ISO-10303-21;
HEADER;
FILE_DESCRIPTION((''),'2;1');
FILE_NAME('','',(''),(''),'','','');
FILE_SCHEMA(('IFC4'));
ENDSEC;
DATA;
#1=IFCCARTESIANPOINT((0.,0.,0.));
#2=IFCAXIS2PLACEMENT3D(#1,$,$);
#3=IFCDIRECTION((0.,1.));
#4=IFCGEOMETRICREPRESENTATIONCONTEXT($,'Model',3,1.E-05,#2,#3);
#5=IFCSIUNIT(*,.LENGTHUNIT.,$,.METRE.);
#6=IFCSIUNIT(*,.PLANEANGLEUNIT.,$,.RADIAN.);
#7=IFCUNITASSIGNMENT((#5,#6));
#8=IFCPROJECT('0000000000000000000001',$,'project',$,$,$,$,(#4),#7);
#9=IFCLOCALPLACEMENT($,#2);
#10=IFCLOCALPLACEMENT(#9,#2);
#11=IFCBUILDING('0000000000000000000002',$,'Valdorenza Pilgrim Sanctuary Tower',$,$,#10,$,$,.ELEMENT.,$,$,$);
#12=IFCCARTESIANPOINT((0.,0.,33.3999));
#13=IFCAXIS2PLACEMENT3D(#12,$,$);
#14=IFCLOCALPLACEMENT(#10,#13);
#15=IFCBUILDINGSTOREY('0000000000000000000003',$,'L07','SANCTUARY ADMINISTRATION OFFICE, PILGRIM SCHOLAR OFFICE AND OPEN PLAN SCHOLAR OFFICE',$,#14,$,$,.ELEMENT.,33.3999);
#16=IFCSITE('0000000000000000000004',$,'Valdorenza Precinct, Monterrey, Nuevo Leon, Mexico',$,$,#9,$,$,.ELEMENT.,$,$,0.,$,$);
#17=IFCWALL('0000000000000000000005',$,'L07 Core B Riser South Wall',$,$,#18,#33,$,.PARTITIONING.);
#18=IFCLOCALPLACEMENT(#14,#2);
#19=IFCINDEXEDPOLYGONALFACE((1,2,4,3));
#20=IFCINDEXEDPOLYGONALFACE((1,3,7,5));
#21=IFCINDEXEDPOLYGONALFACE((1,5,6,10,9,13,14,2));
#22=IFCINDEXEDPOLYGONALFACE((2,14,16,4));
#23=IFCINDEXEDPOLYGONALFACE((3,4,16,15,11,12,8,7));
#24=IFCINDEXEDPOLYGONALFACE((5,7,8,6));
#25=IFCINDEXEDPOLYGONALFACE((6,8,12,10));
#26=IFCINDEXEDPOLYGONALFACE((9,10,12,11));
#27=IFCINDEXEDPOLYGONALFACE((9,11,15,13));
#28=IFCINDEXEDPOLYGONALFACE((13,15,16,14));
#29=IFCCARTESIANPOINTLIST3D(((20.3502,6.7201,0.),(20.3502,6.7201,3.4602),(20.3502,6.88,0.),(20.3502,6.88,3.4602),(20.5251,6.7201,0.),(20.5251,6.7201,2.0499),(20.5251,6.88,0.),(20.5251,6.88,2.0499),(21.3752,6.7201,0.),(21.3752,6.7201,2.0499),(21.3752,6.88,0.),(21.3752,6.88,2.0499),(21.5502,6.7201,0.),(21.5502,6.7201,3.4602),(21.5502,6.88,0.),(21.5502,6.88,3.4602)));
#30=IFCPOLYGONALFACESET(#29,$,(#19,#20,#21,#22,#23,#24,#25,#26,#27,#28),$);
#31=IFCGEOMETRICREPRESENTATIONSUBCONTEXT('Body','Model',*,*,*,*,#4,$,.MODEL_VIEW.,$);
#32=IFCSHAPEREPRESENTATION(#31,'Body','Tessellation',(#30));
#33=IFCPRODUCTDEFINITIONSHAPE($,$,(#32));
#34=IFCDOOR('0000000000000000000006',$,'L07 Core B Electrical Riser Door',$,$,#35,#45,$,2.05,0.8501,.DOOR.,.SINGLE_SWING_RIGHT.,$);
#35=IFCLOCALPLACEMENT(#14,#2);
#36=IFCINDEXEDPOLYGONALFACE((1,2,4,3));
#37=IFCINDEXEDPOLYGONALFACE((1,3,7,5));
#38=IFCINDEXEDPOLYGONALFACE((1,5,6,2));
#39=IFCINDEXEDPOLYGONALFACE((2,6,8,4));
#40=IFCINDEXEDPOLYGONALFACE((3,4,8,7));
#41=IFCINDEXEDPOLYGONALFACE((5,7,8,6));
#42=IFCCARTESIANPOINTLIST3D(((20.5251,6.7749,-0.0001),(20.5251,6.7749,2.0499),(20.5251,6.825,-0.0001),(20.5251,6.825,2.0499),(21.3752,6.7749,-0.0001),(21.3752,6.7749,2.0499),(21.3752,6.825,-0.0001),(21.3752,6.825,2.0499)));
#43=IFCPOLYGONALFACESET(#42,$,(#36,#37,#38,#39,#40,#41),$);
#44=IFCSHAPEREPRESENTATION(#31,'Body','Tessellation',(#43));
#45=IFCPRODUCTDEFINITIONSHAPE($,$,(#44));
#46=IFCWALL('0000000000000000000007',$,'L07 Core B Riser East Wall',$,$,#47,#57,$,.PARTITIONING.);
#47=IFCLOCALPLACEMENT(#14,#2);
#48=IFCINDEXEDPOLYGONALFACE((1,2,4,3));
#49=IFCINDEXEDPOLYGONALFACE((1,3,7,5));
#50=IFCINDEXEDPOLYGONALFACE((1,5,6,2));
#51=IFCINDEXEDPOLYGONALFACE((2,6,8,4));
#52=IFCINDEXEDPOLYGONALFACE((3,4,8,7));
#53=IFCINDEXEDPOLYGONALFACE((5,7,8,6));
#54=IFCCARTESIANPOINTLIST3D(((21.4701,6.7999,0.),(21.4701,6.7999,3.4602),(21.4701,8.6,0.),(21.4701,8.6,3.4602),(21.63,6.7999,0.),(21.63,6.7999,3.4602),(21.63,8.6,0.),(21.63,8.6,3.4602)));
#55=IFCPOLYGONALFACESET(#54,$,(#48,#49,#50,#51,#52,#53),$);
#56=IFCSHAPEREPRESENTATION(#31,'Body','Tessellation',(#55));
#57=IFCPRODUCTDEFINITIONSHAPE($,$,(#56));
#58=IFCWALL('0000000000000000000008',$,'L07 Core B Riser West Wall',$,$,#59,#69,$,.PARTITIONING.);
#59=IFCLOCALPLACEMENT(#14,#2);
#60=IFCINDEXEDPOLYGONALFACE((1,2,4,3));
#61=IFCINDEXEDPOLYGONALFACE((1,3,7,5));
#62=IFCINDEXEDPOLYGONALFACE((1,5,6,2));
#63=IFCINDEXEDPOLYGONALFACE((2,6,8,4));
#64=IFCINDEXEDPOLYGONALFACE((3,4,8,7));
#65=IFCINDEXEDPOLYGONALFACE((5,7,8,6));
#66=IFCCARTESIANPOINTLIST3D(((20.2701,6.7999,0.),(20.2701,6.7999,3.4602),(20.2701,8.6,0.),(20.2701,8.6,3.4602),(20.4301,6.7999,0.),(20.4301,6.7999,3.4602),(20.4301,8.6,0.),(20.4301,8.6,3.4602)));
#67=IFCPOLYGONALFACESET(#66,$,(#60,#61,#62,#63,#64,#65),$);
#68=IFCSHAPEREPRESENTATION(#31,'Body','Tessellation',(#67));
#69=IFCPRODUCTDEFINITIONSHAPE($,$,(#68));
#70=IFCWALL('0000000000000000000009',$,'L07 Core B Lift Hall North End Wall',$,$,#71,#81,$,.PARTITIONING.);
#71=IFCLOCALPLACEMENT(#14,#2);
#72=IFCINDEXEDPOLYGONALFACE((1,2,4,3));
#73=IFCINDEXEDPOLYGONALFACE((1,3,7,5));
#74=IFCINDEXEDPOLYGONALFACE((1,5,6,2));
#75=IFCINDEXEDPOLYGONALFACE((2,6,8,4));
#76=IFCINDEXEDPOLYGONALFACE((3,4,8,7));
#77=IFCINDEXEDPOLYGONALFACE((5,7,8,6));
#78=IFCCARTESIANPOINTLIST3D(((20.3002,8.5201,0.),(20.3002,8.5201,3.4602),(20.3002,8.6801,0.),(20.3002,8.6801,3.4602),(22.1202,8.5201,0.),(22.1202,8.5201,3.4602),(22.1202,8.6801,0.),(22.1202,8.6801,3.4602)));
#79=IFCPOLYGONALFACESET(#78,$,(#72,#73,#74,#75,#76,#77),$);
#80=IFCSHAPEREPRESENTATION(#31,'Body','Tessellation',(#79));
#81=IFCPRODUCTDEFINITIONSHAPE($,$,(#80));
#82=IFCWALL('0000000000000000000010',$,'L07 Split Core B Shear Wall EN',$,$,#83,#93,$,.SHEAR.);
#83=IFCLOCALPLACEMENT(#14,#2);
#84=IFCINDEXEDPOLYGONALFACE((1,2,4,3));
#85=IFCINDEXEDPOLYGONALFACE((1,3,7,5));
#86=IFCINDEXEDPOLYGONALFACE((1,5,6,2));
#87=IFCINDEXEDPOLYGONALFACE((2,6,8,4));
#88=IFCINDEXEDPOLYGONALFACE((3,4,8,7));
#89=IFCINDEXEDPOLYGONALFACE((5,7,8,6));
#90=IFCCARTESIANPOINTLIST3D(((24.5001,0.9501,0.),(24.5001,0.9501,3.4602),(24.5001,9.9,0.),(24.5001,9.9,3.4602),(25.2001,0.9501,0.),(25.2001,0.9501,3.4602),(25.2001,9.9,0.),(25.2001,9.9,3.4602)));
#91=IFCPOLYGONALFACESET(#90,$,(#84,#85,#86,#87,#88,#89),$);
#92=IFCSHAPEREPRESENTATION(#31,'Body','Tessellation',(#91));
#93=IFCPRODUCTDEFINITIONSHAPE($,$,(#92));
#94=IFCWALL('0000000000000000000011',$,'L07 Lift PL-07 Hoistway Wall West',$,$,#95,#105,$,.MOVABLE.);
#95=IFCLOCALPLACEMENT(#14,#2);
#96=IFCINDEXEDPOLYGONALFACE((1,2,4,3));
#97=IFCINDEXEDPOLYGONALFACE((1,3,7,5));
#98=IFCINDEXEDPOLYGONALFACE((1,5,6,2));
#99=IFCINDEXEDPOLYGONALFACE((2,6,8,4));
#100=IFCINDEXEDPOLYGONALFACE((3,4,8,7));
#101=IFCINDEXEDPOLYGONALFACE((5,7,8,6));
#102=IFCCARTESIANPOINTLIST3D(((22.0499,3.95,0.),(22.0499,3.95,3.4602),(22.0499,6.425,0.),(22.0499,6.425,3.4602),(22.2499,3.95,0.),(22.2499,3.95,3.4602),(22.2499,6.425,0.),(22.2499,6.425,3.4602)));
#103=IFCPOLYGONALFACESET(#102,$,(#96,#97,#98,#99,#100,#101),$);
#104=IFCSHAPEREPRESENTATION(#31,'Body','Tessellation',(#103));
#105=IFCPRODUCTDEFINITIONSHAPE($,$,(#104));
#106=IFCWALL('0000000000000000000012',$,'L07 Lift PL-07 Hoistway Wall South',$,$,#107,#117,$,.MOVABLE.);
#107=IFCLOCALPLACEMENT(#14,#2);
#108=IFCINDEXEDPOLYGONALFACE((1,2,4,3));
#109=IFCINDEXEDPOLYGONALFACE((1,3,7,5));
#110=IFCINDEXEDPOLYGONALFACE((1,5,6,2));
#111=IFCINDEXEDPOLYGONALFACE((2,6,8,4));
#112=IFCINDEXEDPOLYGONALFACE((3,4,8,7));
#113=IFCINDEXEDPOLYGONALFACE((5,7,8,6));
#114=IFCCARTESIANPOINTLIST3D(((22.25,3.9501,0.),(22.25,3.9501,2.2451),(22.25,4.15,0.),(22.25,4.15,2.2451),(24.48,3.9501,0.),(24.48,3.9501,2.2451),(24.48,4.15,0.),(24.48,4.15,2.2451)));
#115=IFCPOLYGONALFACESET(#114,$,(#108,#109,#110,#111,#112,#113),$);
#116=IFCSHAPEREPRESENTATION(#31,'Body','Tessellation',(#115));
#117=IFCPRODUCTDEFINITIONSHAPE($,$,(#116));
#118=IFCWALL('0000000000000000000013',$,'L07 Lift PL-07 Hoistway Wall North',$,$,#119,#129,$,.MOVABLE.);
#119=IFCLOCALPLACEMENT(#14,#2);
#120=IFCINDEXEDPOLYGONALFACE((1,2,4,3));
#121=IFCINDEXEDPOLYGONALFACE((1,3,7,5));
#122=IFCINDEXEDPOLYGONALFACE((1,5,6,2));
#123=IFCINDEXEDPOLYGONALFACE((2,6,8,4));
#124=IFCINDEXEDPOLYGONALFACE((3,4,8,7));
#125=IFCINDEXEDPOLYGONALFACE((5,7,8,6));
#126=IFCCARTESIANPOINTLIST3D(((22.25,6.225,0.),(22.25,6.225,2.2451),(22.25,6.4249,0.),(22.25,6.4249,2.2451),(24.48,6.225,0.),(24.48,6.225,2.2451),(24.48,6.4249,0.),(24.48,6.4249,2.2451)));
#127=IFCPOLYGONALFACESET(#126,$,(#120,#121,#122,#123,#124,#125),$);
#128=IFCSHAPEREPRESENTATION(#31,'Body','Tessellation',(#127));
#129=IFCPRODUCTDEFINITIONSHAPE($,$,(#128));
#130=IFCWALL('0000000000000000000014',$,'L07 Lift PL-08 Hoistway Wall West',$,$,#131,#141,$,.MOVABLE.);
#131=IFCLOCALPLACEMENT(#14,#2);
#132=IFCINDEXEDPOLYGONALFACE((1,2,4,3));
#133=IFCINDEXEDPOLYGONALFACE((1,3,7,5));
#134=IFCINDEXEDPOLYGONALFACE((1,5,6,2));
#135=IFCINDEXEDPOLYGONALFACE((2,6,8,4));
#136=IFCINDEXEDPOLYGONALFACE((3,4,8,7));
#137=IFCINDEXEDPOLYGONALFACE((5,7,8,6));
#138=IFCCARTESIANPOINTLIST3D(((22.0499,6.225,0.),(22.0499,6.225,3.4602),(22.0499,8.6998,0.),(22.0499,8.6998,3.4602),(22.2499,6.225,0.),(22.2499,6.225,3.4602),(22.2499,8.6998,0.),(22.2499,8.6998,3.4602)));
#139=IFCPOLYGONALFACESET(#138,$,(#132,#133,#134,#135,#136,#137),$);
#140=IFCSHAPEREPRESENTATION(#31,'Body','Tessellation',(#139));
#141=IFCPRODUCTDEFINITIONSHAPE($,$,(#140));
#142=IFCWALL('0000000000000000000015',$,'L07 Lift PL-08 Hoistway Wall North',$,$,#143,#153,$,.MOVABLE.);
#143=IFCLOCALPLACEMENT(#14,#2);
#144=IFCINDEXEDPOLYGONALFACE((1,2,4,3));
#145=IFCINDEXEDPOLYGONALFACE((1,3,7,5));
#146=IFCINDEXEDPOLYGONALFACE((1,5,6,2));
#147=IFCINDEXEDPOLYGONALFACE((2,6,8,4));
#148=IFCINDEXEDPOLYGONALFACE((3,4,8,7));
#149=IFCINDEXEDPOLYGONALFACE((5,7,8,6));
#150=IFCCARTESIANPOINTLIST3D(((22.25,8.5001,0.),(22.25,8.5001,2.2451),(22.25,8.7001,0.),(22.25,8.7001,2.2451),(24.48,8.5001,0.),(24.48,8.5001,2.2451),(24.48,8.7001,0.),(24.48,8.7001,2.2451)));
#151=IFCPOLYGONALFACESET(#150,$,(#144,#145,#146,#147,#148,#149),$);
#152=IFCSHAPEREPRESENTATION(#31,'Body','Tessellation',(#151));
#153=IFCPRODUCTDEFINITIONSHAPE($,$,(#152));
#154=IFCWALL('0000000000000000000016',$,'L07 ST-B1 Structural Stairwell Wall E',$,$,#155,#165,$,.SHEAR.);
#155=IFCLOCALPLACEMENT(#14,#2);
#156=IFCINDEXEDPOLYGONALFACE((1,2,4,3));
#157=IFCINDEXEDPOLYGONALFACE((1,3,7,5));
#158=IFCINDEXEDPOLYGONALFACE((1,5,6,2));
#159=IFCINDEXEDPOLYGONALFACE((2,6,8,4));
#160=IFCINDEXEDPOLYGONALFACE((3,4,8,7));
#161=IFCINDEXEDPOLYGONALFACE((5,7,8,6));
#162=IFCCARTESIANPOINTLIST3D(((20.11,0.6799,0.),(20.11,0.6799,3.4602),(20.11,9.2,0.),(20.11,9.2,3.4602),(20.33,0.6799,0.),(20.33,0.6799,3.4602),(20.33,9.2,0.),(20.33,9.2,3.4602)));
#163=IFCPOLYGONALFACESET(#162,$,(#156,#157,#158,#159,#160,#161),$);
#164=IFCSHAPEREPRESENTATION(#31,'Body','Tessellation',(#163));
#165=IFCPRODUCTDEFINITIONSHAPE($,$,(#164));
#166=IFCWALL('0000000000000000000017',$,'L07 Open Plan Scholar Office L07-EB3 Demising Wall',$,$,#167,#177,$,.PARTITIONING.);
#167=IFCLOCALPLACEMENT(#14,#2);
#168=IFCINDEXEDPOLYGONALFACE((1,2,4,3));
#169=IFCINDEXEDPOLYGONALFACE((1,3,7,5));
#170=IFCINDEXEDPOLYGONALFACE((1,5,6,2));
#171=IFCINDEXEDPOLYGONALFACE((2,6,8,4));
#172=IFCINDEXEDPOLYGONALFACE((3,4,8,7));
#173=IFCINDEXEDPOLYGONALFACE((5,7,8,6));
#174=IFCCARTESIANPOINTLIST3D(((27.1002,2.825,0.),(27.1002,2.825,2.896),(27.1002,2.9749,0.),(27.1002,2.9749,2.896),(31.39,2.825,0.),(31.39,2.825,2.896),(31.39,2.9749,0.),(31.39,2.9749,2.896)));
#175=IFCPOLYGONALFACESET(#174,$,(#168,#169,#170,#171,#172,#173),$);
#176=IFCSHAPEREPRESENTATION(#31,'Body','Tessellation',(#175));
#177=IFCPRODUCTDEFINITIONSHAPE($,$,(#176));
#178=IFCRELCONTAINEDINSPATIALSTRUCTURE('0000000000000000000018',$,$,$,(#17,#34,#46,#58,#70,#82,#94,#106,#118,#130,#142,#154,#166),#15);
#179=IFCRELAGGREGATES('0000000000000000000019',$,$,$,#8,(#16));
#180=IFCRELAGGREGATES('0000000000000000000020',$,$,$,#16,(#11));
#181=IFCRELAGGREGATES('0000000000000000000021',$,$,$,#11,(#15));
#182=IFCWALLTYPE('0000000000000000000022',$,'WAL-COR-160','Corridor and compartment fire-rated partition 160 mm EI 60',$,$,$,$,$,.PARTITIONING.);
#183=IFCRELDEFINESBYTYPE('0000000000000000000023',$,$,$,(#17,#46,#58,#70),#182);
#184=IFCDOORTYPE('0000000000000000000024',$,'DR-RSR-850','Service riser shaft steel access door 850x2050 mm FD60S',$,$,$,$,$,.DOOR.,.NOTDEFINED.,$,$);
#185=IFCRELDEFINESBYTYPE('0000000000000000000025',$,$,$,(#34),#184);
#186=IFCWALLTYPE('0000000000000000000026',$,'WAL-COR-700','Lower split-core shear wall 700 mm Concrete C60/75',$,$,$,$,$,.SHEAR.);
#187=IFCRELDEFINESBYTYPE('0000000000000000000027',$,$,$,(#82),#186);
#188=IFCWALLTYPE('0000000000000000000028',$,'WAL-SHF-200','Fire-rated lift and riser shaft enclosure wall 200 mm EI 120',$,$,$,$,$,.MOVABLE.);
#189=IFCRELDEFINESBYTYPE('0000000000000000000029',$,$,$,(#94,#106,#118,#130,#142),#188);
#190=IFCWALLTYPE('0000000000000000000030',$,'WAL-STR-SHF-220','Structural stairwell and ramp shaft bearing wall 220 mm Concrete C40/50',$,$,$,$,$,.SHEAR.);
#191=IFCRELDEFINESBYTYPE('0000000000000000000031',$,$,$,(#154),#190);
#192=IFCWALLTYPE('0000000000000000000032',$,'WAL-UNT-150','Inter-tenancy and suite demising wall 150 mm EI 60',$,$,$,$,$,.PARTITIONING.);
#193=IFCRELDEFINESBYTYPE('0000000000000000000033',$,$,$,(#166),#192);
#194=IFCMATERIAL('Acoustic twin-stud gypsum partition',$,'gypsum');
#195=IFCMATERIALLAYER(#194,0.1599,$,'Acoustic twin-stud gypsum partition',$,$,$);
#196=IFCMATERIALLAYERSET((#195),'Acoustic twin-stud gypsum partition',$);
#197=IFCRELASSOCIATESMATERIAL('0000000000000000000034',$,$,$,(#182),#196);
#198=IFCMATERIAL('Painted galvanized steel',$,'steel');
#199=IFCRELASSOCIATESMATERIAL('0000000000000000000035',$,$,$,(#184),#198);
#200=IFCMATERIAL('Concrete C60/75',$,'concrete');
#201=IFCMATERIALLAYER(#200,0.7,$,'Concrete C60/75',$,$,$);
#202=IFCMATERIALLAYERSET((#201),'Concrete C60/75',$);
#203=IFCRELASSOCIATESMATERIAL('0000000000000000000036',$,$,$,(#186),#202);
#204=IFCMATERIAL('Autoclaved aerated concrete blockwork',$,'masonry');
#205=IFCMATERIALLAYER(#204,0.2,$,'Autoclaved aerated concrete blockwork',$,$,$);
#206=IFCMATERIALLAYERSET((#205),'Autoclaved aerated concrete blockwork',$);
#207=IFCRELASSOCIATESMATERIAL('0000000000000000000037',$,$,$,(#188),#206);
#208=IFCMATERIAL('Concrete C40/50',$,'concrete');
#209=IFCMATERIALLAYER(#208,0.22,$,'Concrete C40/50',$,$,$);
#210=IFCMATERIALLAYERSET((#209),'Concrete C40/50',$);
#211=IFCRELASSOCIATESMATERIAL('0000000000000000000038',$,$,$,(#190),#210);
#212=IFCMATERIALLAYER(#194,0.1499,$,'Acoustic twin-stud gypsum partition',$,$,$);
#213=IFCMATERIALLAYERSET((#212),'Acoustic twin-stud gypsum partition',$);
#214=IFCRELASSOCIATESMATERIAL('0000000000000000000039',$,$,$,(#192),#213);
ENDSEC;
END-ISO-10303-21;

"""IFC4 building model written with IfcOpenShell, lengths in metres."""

from ifc_helpers import new_model, si_unit, direction, frame, frame_2d, origin, place, context, subcontext, project, spatial, rectangle, extrude, material, layer, layer_set, type_object, element, fill, save


model = new_model("IFC4")

# Units and contexts
model_context = context("Model", 3, precision=1e-05, world=origin(), true_north=direction((0.0, 1.0)))
body_context = subcontext(model_context, "Body", "Model", "MODEL_VIEW")
ifc_project = project(units=[si_unit("LENGTHUNIT", "METRE"), si_unit("PLANEANGLEUNIT", "RADIAN")], contexts=[model_context])

# Site, building, storey
site_placement = place(None, origin())
site = spatial("IfcSite", under=ifc_project, at=site_placement, Name="Valdorenza Precinct, Monterrey, Nuevo Leon, Mexico", CompositionType="ELEMENT", RefElevation=0.0)
building_placement = place(site_placement, origin())
building = spatial("IfcBuilding", under=site, at=building_placement, Name="Valdorenza Pilgrim Sanctuary Tower", CompositionType="ELEMENT")
storey_placement = place(building_placement, frame((0.0, 0.0, 33.3999)))
storey = spatial("IfcBuildingStorey", under=building, at=storey_placement, Name="L07", Description="SANCTUARY ADMINISTRATION OFFICE, PILGRIM SCHOLAR OFFICE AND OPEN PLAN SCHOLAR OFFICE", CompositionType="ELEMENT", Elevation=33.3999)

# Wall, opening, door
ifc_material_1 = material(Name="Acoustic twin-stud gypsum partition", Category="gypsum")
ifc_layer_1 = layer(ifc_material_1, 0.1599, Name="Acoustic twin-stud gypsum partition")
ifc_layer_set_1 = layer_set([ifc_layer_1], Name="Acoustic twin-stud gypsum partition")
wall_type_1 = type_object("IfcWallType", Name="WAL-COR-160", Description="Corridor and compartment fire-rated partition 160 mm EI 60", PredefinedType="PARTITIONING", material=ifc_layer_set_1)
wall_1_placement = place(storey_placement, frame((20.3501, 6.8, 0.0), z_axis=(0.0, 0.0, 1.0), x_axis=(1.0, 0.0, 0.0)))
wall_1 = element("IfcWall", 1, at=wall_1_placement, inside=storey, type_object=wall_type_1, Name="L07 Core B Riser South Wall", PredefinedType="PARTITIONING", context=body_context, shape_type="SweptSolid", body=[
    extrude(rectangle(XDim=1.2, YDim=0.1599, at=frame_2d((0.6001, 0.0))), origin(), (0.0, 0.0, 1.0), 3.4602),
])
opening_1_placement = place(wall_1_placement, frame((0.175, 0.0, 0.0)))
opening_1 = element("IfcOpeningElement", 2, at=opening_1_placement, cuts=wall_1, PredefinedType="OPENING", context=body_context, shape_type="SweptSolid", body=[
    extrude(rectangle(XDim=0.8501, YDim=2.05, at=frame_2d((0.425, 1.0249))), frame((0.0, 0.0947, 0.0), z_axis=(0.0, -1.0, 0.0), x_axis=(1.0, 0.0, 0.0)), (0.0, 0.0, 1.0), 0.1897),
])
ifc_material_2 = material(Name="Painted galvanized steel", Category="steel")
door_type_1 = type_object("IfcDoorType", Name="DR-RSR-850", Description="Service riser shaft steel access door 850x2050 mm FD60S", OperationType="NOTDEFINED", PredefinedType="DOOR", material=ifc_material_2)
door_1_placement = place(opening_1_placement, origin())
door_1 = element("IfcDoor", 3, at=door_1_placement, inside=storey, type_object=door_type_1, Name="L07 Core B Electrical Riser Door", OperationType="SINGLE_SWING_RIGHT", OverallHeight=2.05, OverallWidth=0.8501, PredefinedType="DOOR", context=body_context, shape_type="SweptSolid", body=[
    extrude(rectangle(XDim=0.8501, YDim=2.05, at=frame_2d((0.425, 1.0249))), frame((0.0, 0.0249, 0.0), z_axis=(0.0, -1.0, 0.0), x_axis=(1.0, 0.0, 0.0)), (0.0, 0.0, 1.0), 0.05),
])
fill(opening_1, door_1)

# Walls
for number, where, z_axis, x_axis, name in (
    (4, (21.55, 6.8, 0.0), (0.0, 0.0, 1.0), (0.0, 1.0, 0.0), "L07 Core B Riser East Wall"),
    (5, (20.3501, 6.8, 0.0), (0.0, 0.0, 1.0), (0.0, 1.0, 0.0), "L07 Core B Riser West Wall"),
):
    element("IfcWall", number, at=place(storey_placement, frame(where, z_axis=z_axis, x_axis=x_axis)), inside=storey, type_object=wall_type_1, Name=name, PredefinedType="PARTITIONING", context=body_context, shape_type="SweptSolid", body=[
        extrude(rectangle(XDim=1.8, YDim=0.1599, at=frame_2d((0.8999, 0.0))), origin(), (0.0, 0.0, 1.0), 3.4602),
    ])
wall_2_placement = place(storey_placement, frame((20.3, 8.6001, 0.0), z_axis=(0.0, 0.0, 1.0), x_axis=(1.0, 0.0, 0.0)))
element("IfcWall", 6, at=wall_2_placement, inside=storey, type_object=wall_type_1, Name="L07 Core B Lift Hall North End Wall", PredefinedType="PARTITIONING", context=body_context, shape_type="SweptSolid", body=[
    extrude(rectangle(XDim=1.8201, YDim=0.1599, at=frame_2d((0.9102, 0.0))), origin(), (0.0, 0.0, 1.0), 3.4602),
])
ifc_material_3 = material(Name="Concrete C60/75", Category="concrete")
ifc_layer_2 = layer(ifc_material_3, 0.7, Name="Concrete C60/75")
ifc_layer_set_2 = layer_set([ifc_layer_2], Name="Concrete C60/75")
wall_type_2 = type_object("IfcWallType", Name="WAL-COR-700", Description="Lower split-core shear wall 700 mm Concrete C60/75", PredefinedType="SHEAR", material=ifc_layer_set_2)
wall_3_placement = place(storey_placement, frame((24.8501, 0.95, 0.0), z_axis=(0.0, 0.0, 1.0), x_axis=(0.0, 1.0, 0.0)))
element("IfcWall", 7, at=wall_3_placement, inside=storey, type_object=wall_type_2, Name="L07 Split Core B Shear Wall EN", PredefinedType="SHEAR", context=body_context, shape_type="SweptSolid", body=[
    extrude(rectangle(XDim=8.95, YDim=0.7, at=frame_2d((4.4751, 0.0))), origin(), (0.0, 0.0, 1.0), 3.4602),
])
ifc_material_4 = material(Name="Autoclaved aerated concrete blockwork", Category="masonry")
ifc_layer_3 = layer(ifc_material_4, 0.2, Name="Autoclaved aerated concrete blockwork")
ifc_layer_set_3 = layer_set([ifc_layer_3], Name="Autoclaved aerated concrete blockwork")
wall_type_3 = type_object("IfcWallType", Name="WAL-SHF-200", Description="Fire-rated lift and riser shaft enclosure wall 200 mm EI 120", PredefinedType="MOVABLE", material=ifc_layer_set_3)
wall_4_placement = place(storey_placement, frame((22.1499, 3.95, 0.0), z_axis=(0.0, 0.0, 1.0), x_axis=(0.0, 1.0, 0.0)))
element("IfcWall", 8, at=wall_4_placement, inside=storey, type_object=wall_type_3, Name="L07 Lift PL-07 Hoistway Wall West", PredefinedType="MOVABLE", context=body_context, shape_type="SweptSolid", body=[
    extrude(rectangle(XDim=2.4751, YDim=0.2, at=frame_2d((1.2375, 0.0))), origin(), (0.0, 0.0, 1.0), 3.4602),
])
for number, where, z_axis, x_axis, name in (
    (9, (22.25, 4.05, 0.0), (0.0, 0.0, 1.0), (1.0, 0.0, 0.0), "L07 Lift PL-07 Hoistway Wall South"),
    (10, (22.25, 6.325, 0.0), (0.0, 0.0, 1.0), (1.0, 0.0, 0.0), "L07 Lift PL-07 Hoistway Wall North"),
):
    element("IfcWall", number, at=place(storey_placement, frame(where, z_axis=z_axis, x_axis=x_axis)), inside=storey, type_object=wall_type_3, Name=name, PredefinedType="MOVABLE", context=body_context, shape_type="SweptSolid", body=[
        extrude(rectangle(XDim=2.23, YDim=0.2, at=frame_2d((1.115, 0.0))), origin(), (0.0, 0.0, 1.0), 2.2451),
    ])
wall_5_placement = place(storey_placement, frame((22.1499, 6.2251, 0.0), z_axis=(0.0, 0.0, 1.0), x_axis=(0.0, 1.0, 0.0)))
element("IfcWall", 11, at=wall_5_placement, inside=storey, type_object=wall_type_3, Name="L07 Lift PL-08 Hoistway Wall West", PredefinedType="MOVABLE", context=body_context, shape_type="SweptSolid", body=[
    extrude(rectangle(XDim=2.4749, YDim=0.2, at=frame_2d((1.2373, 0.0))), origin(), (0.0, 0.0, 1.0), 3.4602),
])
wall_6_placement = place(storey_placement, frame((22.25, 8.6001, 0.0), z_axis=(0.0, 0.0, 1.0), x_axis=(1.0, 0.0, 0.0)))
element("IfcWall", 12, at=wall_6_placement, inside=storey, type_object=wall_type_3, Name="L07 Lift PL-08 Hoistway Wall North", PredefinedType="MOVABLE", context=body_context, shape_type="SweptSolid", body=[
    extrude(rectangle(XDim=2.23, YDim=0.2, at=frame_2d((1.115, 0.0))), origin(), (0.0, 0.0, 1.0), 2.2451),
])
ifc_material_5 = material(Name="Concrete C40/50", Category="concrete")
ifc_layer_4 = layer(ifc_material_5, 0.22, Name="Concrete C40/50")
ifc_layer_set_4 = layer_set([ifc_layer_4], Name="Concrete C40/50")
wall_type_4 = type_object("IfcWallType", Name="WAL-STR-SHF-220", Description="Structural stairwell and ramp shaft bearing wall 220 mm Concrete C40/50", PredefinedType="SHEAR", material=ifc_layer_set_4)
wall_7_placement = place(storey_placement, frame((20.22, 0.6799, 0.0), z_axis=(0.0, 0.0, 1.0), x_axis=(0.0, 1.0, 0.0)))
element("IfcWall", 13, at=wall_7_placement, inside=storey, type_object=wall_type_4, Name="L07 ST-B1 Structural Stairwell Wall E", PredefinedType="SHEAR", context=body_context, shape_type="SweptSolid", body=[
    extrude(rectangle(XDim=8.52, YDim=0.22, at=frame_2d((4.26, 0.0))), origin(), (0.0, 0.0, 1.0), 3.4602),
])

# Wall
ifc_layer_5 = layer(ifc_material_1, 0.1499, Name="Acoustic twin-stud gypsum partition")
ifc_layer_set_5 = layer_set([ifc_layer_5], Name="Acoustic twin-stud gypsum partition")
wall_type_5 = type_object("IfcWallType", Name="WAL-UNT-150", Description="Inter-tenancy and suite demising wall 150 mm EI 60", PredefinedType="PARTITIONING", material=ifc_layer_set_5)
wall_8_placement = place(storey_placement, frame((27.1001, 2.8999, 0.0), z_axis=(0.0, 0.0, 1.0), x_axis=(1.0, 0.0, 0.0)))
element("IfcWall", 14, at=wall_8_placement, inside=storey, type_object=wall_type_5, Name="L07 Open Plan Scholar Office L07-EB3 Demising Wall", PredefinedType="PARTITIONING", context=body_context, shape_type="SweptSolid", body=[
    extrude(rectangle(XDim=4.2898, YDim=0.1499, at=frame_2d((2.145, 0.0))), origin(), (0.0, 0.0, 1.0), 2.896),
])

save(model, "model.ifc")
